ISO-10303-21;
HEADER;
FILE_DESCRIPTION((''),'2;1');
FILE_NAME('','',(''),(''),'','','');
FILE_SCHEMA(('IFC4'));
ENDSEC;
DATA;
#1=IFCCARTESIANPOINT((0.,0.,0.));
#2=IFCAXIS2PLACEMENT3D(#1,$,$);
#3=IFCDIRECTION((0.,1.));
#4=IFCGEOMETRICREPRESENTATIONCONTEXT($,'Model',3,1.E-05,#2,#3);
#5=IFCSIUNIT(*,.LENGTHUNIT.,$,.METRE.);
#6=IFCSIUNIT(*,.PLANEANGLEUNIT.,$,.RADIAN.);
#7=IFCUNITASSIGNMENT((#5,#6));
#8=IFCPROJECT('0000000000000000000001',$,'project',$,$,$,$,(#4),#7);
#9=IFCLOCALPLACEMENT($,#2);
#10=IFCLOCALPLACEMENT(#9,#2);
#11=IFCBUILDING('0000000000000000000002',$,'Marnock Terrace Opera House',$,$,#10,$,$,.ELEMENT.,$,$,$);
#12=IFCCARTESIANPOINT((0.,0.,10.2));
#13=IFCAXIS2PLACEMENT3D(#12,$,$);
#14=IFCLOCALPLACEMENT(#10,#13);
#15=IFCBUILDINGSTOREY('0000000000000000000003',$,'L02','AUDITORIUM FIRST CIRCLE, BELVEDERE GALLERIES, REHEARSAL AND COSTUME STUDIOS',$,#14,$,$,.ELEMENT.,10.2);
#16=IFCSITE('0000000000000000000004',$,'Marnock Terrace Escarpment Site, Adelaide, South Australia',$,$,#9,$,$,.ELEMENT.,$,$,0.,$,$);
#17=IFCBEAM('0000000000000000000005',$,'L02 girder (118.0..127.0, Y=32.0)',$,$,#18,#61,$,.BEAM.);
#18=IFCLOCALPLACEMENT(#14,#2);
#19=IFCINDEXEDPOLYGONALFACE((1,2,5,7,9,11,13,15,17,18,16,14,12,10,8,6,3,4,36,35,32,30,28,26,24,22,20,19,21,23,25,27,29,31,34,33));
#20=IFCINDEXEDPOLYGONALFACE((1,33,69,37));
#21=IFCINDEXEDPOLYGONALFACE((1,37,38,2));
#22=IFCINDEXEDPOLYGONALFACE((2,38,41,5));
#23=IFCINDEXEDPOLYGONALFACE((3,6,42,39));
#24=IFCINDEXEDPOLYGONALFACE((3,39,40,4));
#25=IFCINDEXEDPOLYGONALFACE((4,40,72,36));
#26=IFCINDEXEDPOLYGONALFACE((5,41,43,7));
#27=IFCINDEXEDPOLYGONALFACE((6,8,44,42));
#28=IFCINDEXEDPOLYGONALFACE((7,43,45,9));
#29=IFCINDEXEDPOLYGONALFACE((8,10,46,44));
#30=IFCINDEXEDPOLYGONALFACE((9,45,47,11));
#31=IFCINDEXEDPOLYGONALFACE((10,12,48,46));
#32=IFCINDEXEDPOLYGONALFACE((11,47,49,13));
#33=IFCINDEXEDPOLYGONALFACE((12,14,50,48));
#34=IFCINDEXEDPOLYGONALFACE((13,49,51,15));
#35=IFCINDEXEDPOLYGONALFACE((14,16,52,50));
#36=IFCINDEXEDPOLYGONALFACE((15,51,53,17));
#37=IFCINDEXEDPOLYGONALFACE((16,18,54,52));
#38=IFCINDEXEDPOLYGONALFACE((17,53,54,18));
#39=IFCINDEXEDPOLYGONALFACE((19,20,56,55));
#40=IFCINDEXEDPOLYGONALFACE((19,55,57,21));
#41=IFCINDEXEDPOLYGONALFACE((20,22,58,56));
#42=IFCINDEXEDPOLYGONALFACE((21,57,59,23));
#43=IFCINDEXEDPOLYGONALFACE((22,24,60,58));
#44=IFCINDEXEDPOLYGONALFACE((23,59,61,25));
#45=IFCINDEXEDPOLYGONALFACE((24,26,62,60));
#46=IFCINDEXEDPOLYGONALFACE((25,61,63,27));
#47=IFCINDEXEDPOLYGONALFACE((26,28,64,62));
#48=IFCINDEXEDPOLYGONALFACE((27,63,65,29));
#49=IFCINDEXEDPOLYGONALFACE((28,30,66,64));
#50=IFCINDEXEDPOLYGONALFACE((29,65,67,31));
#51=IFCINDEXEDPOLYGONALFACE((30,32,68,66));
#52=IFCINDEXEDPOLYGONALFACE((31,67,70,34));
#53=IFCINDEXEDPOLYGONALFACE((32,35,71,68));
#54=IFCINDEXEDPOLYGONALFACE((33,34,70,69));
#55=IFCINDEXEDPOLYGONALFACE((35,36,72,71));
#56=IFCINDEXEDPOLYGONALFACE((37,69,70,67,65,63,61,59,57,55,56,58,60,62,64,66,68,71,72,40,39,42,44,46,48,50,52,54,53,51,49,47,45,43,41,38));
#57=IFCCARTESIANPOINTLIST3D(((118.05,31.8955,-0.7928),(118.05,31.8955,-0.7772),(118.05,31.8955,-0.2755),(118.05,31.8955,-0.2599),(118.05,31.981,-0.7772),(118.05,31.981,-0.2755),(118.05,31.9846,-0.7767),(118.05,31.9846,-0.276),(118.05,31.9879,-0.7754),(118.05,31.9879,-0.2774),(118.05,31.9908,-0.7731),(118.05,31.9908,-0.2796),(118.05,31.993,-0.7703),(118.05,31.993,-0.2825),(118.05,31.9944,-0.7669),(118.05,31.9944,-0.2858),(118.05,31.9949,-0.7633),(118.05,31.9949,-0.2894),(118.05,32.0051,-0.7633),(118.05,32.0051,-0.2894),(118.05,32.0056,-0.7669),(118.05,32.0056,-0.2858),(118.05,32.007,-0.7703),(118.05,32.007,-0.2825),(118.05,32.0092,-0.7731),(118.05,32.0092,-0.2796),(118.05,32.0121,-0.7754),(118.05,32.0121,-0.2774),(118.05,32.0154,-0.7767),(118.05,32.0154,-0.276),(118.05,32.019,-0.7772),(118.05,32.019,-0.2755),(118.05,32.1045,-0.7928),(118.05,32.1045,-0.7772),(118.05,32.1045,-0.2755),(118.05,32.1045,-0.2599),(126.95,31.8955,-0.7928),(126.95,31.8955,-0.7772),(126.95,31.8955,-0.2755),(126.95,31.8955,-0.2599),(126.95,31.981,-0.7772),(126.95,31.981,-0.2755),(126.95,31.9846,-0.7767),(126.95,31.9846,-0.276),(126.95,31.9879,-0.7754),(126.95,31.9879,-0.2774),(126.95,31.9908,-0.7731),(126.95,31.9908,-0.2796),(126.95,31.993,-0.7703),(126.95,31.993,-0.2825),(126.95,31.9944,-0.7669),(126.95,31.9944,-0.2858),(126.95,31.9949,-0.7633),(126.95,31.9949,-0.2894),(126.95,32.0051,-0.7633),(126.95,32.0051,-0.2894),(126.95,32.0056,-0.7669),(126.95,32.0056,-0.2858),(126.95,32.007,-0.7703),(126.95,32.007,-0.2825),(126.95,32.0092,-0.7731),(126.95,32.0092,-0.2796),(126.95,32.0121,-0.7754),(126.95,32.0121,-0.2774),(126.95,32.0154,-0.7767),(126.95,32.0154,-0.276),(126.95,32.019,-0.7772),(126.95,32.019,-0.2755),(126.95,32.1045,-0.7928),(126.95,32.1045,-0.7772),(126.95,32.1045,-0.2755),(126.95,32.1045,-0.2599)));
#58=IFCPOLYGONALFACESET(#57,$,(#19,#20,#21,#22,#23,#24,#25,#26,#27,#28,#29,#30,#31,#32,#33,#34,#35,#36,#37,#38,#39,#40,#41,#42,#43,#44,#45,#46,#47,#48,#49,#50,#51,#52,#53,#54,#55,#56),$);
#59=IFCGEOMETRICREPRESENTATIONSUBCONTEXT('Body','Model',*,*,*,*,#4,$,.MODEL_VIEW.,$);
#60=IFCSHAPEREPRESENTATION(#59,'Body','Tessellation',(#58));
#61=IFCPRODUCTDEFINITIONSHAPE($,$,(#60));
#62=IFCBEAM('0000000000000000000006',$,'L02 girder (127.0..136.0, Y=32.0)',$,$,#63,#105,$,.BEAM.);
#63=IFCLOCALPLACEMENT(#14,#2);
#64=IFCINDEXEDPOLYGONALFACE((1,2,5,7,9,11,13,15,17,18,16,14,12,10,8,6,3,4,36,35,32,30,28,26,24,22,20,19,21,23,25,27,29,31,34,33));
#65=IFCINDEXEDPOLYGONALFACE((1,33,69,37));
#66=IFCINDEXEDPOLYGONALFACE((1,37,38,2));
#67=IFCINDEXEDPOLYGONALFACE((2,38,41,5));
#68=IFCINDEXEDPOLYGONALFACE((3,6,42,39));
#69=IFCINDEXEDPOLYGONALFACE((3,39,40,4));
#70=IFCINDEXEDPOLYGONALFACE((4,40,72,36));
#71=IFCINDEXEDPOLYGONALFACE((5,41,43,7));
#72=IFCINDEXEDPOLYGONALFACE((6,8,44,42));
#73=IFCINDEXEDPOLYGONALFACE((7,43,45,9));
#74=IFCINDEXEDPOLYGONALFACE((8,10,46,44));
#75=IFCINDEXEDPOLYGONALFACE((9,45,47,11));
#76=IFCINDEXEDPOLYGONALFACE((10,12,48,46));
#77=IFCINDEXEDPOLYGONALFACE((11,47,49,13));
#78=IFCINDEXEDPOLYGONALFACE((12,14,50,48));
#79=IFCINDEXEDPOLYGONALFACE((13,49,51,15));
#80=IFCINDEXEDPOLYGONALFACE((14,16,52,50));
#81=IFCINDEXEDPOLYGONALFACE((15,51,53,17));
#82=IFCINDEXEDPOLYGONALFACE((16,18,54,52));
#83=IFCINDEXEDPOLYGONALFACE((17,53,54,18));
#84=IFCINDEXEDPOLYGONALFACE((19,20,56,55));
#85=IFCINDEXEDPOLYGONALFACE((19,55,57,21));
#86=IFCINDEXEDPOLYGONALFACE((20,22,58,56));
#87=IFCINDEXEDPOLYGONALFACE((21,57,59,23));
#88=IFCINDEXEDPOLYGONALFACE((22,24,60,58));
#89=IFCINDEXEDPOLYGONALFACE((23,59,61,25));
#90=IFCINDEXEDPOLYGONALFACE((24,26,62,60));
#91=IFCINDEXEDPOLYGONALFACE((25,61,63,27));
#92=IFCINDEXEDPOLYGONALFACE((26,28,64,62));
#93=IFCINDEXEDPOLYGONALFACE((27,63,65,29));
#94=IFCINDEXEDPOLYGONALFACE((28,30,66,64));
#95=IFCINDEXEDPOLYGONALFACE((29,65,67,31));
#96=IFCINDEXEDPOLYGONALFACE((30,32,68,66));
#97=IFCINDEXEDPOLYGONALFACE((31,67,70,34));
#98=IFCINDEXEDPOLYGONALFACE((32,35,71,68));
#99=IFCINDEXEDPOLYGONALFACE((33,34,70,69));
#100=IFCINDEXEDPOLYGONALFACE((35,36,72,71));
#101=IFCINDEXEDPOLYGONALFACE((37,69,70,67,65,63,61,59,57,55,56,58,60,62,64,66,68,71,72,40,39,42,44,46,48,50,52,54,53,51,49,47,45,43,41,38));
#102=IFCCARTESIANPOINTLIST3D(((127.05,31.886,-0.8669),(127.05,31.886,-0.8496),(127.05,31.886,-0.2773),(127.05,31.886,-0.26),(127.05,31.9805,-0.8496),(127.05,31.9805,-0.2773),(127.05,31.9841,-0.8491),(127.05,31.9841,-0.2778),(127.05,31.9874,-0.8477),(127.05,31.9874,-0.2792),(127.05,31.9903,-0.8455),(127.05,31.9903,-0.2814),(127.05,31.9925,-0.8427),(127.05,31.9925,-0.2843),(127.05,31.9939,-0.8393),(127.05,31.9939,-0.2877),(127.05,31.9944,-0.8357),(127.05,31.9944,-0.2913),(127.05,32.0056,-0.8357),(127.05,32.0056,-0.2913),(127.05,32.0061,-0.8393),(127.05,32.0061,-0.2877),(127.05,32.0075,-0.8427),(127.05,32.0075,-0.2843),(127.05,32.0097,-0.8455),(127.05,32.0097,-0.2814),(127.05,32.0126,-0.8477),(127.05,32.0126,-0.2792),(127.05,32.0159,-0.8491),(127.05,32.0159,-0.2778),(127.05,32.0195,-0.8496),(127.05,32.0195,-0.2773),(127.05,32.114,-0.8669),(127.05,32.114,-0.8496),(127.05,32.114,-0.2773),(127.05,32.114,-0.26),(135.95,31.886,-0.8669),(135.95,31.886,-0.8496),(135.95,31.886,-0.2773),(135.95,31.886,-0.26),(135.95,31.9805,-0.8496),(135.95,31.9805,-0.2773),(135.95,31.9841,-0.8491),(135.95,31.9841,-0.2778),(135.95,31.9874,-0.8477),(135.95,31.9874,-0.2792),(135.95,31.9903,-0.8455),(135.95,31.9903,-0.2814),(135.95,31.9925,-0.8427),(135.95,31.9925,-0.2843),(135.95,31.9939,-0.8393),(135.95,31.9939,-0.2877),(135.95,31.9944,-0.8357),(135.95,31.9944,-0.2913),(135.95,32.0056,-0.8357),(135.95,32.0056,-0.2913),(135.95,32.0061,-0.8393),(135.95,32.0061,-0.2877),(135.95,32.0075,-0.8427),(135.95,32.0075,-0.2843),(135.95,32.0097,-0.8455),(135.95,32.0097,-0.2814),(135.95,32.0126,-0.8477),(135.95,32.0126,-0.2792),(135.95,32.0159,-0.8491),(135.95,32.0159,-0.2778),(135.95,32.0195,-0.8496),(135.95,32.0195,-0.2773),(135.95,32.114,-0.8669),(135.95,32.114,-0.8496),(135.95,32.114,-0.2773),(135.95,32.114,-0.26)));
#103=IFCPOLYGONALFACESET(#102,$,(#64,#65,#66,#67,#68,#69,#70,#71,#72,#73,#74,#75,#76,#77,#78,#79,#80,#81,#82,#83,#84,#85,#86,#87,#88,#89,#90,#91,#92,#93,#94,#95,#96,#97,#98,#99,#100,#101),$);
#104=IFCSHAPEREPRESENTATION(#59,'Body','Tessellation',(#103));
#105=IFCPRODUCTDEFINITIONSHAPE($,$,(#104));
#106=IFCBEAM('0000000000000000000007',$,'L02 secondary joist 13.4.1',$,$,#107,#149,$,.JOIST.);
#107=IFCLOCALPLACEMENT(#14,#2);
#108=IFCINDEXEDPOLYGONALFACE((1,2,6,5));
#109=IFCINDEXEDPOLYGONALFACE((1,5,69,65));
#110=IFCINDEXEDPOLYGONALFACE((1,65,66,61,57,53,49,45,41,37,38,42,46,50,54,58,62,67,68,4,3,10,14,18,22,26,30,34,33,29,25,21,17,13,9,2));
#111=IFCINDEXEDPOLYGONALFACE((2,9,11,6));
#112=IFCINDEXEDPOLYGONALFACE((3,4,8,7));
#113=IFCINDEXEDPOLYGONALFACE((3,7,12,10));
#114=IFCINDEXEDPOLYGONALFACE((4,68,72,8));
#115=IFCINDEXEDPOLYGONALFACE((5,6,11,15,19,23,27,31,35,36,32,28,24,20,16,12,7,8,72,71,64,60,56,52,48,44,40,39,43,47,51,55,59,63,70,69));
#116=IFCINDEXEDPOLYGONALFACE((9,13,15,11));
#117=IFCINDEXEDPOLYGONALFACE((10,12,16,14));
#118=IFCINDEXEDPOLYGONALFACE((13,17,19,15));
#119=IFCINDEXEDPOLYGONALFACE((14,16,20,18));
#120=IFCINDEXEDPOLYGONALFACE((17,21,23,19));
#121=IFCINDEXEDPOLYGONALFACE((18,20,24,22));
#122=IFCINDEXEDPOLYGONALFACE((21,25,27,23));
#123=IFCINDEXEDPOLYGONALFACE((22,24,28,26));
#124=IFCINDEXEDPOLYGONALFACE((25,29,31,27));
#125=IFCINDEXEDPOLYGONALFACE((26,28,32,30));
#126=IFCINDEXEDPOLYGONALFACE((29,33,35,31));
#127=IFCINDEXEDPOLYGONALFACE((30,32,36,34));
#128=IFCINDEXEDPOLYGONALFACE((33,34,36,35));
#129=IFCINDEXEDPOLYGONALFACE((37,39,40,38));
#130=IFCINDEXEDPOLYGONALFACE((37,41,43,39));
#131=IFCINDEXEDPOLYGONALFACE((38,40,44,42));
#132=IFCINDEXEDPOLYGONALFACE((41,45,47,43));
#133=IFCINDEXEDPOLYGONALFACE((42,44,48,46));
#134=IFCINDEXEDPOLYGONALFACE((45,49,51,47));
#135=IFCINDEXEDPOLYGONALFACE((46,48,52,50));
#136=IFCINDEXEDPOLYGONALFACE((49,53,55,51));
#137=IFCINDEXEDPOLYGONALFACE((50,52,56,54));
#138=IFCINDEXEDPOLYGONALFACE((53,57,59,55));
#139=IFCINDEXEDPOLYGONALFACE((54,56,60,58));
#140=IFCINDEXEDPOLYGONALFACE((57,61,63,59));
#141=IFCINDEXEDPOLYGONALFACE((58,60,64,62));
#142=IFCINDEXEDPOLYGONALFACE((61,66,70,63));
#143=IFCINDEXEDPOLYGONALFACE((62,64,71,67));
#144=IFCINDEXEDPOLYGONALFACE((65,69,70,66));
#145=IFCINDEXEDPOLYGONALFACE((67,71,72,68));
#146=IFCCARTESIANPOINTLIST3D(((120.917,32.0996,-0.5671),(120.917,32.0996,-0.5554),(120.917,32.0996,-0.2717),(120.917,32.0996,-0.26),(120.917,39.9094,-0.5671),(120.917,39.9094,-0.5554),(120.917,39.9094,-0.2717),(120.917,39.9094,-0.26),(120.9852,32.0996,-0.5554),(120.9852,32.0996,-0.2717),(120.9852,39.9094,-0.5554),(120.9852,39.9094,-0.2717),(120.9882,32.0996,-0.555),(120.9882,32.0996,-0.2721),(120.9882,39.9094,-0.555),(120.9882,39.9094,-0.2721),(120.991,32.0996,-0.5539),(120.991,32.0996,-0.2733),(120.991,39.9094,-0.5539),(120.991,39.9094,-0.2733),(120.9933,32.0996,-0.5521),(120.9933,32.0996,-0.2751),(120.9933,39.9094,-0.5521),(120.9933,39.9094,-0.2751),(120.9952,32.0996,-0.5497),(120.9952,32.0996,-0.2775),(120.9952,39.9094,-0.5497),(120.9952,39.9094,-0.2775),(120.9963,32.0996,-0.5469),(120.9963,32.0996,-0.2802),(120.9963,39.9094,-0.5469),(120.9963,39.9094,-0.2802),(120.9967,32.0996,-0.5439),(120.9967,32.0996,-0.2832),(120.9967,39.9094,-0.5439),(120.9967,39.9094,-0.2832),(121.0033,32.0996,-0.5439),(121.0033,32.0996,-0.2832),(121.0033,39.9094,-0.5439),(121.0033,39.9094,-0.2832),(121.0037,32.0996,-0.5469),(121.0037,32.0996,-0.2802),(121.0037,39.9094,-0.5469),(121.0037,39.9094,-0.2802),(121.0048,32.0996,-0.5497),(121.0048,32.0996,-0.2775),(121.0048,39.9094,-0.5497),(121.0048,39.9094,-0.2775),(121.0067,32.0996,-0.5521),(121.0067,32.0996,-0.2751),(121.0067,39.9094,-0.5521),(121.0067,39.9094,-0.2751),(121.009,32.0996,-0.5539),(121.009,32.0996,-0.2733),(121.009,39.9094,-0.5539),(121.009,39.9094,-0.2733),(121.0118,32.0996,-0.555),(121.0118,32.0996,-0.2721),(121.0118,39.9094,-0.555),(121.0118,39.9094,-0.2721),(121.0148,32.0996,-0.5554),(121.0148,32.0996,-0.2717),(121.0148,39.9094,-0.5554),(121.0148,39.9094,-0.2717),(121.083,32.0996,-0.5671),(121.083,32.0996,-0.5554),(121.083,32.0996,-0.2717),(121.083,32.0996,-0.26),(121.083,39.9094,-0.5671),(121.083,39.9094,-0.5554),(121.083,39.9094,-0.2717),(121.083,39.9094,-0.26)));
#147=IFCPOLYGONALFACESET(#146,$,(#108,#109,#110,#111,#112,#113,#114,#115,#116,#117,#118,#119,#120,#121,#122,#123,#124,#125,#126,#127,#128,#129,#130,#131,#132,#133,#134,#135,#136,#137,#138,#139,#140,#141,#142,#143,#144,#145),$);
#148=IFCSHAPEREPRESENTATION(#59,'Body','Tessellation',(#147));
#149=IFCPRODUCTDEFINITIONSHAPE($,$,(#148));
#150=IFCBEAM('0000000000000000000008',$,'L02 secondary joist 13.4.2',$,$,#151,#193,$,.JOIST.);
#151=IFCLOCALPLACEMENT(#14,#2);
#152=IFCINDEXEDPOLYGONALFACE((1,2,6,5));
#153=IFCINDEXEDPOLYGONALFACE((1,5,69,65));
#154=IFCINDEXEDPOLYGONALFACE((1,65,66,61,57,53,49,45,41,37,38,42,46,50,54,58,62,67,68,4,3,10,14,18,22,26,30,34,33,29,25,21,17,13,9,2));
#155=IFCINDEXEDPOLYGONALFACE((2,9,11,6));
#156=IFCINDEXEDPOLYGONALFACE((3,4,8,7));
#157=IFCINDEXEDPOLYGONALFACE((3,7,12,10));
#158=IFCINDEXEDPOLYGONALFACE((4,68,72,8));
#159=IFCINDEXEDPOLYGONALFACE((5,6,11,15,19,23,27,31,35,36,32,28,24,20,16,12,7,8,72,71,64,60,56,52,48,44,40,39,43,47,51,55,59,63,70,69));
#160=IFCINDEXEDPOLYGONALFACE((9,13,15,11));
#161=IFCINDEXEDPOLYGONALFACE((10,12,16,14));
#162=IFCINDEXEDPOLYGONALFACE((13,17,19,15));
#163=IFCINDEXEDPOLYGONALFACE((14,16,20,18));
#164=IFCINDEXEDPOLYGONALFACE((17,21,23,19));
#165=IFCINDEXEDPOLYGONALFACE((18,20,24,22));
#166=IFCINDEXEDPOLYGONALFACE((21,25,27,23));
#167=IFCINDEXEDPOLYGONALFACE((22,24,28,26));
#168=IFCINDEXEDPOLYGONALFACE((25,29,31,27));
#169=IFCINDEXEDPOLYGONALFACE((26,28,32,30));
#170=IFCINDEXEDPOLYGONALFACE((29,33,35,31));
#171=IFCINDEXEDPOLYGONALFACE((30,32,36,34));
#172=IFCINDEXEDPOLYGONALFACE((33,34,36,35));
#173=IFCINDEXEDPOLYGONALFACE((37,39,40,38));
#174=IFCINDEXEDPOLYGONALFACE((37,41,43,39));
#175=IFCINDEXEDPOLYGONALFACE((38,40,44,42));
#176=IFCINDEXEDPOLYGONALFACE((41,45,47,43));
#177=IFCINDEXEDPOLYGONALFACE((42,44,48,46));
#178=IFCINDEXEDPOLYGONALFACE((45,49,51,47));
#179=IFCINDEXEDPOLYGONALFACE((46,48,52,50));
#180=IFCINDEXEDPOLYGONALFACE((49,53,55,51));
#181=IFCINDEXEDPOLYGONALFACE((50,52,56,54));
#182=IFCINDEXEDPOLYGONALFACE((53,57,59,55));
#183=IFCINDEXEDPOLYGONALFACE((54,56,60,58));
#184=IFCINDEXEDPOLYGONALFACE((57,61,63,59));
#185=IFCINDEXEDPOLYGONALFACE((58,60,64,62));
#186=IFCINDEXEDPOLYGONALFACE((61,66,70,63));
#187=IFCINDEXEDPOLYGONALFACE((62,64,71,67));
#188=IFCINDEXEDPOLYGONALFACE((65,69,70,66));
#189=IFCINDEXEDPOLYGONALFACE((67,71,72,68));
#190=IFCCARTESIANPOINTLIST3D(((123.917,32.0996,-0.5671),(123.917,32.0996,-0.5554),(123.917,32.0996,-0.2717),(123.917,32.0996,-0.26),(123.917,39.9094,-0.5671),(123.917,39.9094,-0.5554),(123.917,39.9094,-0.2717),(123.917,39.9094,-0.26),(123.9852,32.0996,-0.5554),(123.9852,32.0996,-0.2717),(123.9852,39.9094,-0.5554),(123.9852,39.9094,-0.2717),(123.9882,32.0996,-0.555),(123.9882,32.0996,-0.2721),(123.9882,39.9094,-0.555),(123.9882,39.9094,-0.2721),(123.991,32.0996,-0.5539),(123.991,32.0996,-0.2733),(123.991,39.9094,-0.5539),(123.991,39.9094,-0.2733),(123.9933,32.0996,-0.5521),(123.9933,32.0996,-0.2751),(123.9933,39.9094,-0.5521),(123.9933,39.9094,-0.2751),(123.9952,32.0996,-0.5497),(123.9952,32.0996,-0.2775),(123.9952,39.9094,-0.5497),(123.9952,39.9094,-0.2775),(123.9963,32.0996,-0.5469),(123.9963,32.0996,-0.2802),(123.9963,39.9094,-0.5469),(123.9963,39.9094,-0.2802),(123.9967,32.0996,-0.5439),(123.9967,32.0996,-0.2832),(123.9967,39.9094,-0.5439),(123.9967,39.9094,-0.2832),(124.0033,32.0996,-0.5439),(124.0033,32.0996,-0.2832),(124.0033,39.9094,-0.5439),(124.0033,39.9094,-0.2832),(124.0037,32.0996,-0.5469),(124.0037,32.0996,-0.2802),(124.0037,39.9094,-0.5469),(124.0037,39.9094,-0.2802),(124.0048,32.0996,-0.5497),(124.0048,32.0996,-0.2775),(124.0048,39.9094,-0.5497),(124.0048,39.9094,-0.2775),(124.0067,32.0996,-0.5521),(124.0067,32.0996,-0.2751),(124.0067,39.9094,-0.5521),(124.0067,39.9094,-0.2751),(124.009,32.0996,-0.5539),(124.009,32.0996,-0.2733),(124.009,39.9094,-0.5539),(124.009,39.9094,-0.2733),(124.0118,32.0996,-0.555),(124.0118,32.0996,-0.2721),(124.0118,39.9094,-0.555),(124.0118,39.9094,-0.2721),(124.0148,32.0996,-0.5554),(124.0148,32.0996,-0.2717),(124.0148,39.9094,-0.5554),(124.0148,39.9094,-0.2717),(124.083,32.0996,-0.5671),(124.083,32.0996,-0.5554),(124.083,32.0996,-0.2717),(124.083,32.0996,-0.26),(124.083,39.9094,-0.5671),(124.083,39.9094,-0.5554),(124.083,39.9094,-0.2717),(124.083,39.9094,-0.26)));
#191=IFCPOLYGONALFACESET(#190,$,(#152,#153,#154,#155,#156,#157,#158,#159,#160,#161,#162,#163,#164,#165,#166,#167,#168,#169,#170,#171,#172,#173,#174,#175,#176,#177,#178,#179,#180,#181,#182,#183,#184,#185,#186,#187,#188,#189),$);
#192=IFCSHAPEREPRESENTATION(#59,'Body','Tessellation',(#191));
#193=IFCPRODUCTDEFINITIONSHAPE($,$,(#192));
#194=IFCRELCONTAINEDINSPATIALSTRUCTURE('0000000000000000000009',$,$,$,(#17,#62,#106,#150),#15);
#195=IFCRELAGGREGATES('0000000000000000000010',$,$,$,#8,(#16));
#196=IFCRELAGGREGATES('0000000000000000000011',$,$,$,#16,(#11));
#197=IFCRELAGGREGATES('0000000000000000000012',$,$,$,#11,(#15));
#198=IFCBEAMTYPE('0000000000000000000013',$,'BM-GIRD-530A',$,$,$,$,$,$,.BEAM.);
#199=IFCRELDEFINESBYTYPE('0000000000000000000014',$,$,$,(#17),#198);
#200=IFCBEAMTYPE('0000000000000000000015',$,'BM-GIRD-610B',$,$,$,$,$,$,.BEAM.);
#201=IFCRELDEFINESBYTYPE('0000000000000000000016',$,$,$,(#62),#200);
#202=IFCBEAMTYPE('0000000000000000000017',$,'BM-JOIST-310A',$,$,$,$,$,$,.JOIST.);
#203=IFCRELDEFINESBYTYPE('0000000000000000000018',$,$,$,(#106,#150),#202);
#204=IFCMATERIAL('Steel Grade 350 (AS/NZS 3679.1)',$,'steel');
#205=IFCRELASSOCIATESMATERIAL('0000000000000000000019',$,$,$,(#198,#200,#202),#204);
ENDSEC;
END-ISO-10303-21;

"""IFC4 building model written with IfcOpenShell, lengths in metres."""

from ifc_helpers import new_model, si_unit, direction, frame, origin, origin_2d, place, context, subcontext, project, spatial, i_section, extrude, material, material_profile, profile_set, type_object, element, save


model = new_model("IFC4")

# Units and contexts
model_context = context("Model", 3, precision=1e-05, world=origin(), true_north=direction((0.0, 1.0)))
body_context = subcontext(model_context, "Body", "Model", "MODEL_VIEW")
ifc_project = project(units=[si_unit("LENGTHUNIT", "METRE"), si_unit("PLANEANGLEUNIT", "RADIAN")], contexts=[model_context])

# Site, building, storey
site_placement = place(None, origin())
site = spatial("IfcSite", under=ifc_project, at=site_placement, Name="Marnock Terrace Escarpment Site, Adelaide, South Australia", CompositionType="ELEMENT", RefElevation=0.0)
building_placement = place(site_placement, origin())
building = spatial("IfcBuilding", under=site, at=building_placement, Name="Marnock Terrace Opera House", CompositionType="ELEMENT")
storey_placement = place(building_placement, frame((0.0, 0.0, 10.2)))
storey = spatial("IfcBuildingStorey", under=building, at=storey_placement, Name="L02", Description="AUDITORIUM FIRST CIRCLE, BELVEDERE GALLERIES, REHEARSAL AND COSTUME STUDIOS", CompositionType="ELEMENT", Elevation=10.2)

# Shared definitions
ifc_material_1 = material(Name="Steel Grade 350 (AS/NZS 3679.1)", Category="steel")

# Beams
ifc_material_profile_1 = material_profile(ifc_material_1, i_section(OverallWidth=0.209, OverallDepth=0.533, WebThickness=0.0103, FlangeThickness=0.0156, FilletRadius=0.0139, at=origin_2d()))
ifc_profile_set_1 = profile_set([ifc_material_profile_1], Name="Steel Grade 350 (AS/NZS 3679.1)")
beam_type_1 = type_object("IfcBeamType", Name="BM-GIRD-530A", PredefinedType="BEAM", material=ifc_profile_set_1)
beam_1_placement = place(storey_placement, frame((118.05, 32.0, -0.5264), z_axis=(1.0, 0.0, 0.0), x_axis=(0.0, 1.0, 0.0)))
element("IfcBeam", 1, at=beam_1_placement, inside=storey, type_object=beam_type_1, Name="L02 girder (118.0..127.0, Y=32.0)", PredefinedType="BEAM", context=body_context, shape_type="SweptSolid", body=[
    extrude(i_section(OverallWidth=0.209, OverallDepth=0.533, WebThickness=0.0103, FlangeThickness=0.0156, FilletRadius=0.0139, at=origin_2d()), origin(), (0.0, 0.0, 1.0), 8.8999),
])
ifc_material_profile_2 = material_profile(ifc_material_1, i_section(OverallWidth=0.228, OverallDepth=0.6069, WebThickness=0.0112, FlangeThickness=0.0173, FilletRadius=0.0139, at=origin_2d()))
ifc_profile_set_2 = profile_set([ifc_material_profile_2], Name="Steel Grade 350 (AS/NZS 3679.1)")
beam_type_2 = type_object("IfcBeamType", Name="BM-GIRD-610B", PredefinedType="BEAM", material=ifc_profile_set_2)
beam_2_placement = place(storey_placement, frame((127.05, 32.0, -0.5635), z_axis=(1.0, 0.0, 0.0), x_axis=(0.0, 1.0, 0.0)))
element("IfcBeam", 2, at=beam_2_placement, inside=storey, type_object=beam_type_2, Name="L02 girder (127.0..136.0, Y=32.0)", PredefinedType="BEAM", context=body_context, shape_type="SweptSolid", body=[
    extrude(i_section(OverallWidth=0.228, OverallDepth=0.6069, WebThickness=0.0112, FlangeThickness=0.0173, FilletRadius=0.0139, at=origin_2d()), origin(), (0.0, 0.0, 1.0), 8.8999),
])
ifc_material_profile_3 = material_profile(ifc_material_1, i_section(OverallWidth=0.166, OverallDepth=0.3071, WebThickness=0.0066, FlangeThickness=0.0117, FilletRadius=0.0115, at=origin_2d()))
ifc_profile_set_3 = profile_set([ifc_material_profile_3], Name="Steel Grade 350 (AS/NZS 3679.1)")
beam_type_3 = type_object("IfcBeamType", Name="BM-JOIST-310A", PredefinedType="JOIST", material=ifc_profile_set_3)
for number, where, z_axis, x_axis, name in (
    (3, (121.0, 32.0996, -0.4136), (0.0, 1.0, 0.0), (-1.0, 0.0, 0.0), "L02 secondary joist 13.4.1"),
    (4, (124.0, 32.0996, -0.4136), (0.0, 1.0, 0.0), (-1.0, 0.0, 0.0), "L02 secondary joist 13.4.2"),
):
    element("IfcBeam", number, at=place(storey_placement, frame(where, z_axis=z_axis, x_axis=x_axis)), inside=storey, type_object=beam_type_3, Name=name, PredefinedType="JOIST", context=body_context, shape_type="SweptSolid", body=[
        extrude(i_section(OverallWidth=0.166, OverallDepth=0.3071, WebThickness=0.0066, FlangeThickness=0.0117, FilletRadius=0.0115, at=origin_2d()), origin(), (0.0, 0.0, 1.0), 7.8098),
    ])

save(model, "model.ifc")
